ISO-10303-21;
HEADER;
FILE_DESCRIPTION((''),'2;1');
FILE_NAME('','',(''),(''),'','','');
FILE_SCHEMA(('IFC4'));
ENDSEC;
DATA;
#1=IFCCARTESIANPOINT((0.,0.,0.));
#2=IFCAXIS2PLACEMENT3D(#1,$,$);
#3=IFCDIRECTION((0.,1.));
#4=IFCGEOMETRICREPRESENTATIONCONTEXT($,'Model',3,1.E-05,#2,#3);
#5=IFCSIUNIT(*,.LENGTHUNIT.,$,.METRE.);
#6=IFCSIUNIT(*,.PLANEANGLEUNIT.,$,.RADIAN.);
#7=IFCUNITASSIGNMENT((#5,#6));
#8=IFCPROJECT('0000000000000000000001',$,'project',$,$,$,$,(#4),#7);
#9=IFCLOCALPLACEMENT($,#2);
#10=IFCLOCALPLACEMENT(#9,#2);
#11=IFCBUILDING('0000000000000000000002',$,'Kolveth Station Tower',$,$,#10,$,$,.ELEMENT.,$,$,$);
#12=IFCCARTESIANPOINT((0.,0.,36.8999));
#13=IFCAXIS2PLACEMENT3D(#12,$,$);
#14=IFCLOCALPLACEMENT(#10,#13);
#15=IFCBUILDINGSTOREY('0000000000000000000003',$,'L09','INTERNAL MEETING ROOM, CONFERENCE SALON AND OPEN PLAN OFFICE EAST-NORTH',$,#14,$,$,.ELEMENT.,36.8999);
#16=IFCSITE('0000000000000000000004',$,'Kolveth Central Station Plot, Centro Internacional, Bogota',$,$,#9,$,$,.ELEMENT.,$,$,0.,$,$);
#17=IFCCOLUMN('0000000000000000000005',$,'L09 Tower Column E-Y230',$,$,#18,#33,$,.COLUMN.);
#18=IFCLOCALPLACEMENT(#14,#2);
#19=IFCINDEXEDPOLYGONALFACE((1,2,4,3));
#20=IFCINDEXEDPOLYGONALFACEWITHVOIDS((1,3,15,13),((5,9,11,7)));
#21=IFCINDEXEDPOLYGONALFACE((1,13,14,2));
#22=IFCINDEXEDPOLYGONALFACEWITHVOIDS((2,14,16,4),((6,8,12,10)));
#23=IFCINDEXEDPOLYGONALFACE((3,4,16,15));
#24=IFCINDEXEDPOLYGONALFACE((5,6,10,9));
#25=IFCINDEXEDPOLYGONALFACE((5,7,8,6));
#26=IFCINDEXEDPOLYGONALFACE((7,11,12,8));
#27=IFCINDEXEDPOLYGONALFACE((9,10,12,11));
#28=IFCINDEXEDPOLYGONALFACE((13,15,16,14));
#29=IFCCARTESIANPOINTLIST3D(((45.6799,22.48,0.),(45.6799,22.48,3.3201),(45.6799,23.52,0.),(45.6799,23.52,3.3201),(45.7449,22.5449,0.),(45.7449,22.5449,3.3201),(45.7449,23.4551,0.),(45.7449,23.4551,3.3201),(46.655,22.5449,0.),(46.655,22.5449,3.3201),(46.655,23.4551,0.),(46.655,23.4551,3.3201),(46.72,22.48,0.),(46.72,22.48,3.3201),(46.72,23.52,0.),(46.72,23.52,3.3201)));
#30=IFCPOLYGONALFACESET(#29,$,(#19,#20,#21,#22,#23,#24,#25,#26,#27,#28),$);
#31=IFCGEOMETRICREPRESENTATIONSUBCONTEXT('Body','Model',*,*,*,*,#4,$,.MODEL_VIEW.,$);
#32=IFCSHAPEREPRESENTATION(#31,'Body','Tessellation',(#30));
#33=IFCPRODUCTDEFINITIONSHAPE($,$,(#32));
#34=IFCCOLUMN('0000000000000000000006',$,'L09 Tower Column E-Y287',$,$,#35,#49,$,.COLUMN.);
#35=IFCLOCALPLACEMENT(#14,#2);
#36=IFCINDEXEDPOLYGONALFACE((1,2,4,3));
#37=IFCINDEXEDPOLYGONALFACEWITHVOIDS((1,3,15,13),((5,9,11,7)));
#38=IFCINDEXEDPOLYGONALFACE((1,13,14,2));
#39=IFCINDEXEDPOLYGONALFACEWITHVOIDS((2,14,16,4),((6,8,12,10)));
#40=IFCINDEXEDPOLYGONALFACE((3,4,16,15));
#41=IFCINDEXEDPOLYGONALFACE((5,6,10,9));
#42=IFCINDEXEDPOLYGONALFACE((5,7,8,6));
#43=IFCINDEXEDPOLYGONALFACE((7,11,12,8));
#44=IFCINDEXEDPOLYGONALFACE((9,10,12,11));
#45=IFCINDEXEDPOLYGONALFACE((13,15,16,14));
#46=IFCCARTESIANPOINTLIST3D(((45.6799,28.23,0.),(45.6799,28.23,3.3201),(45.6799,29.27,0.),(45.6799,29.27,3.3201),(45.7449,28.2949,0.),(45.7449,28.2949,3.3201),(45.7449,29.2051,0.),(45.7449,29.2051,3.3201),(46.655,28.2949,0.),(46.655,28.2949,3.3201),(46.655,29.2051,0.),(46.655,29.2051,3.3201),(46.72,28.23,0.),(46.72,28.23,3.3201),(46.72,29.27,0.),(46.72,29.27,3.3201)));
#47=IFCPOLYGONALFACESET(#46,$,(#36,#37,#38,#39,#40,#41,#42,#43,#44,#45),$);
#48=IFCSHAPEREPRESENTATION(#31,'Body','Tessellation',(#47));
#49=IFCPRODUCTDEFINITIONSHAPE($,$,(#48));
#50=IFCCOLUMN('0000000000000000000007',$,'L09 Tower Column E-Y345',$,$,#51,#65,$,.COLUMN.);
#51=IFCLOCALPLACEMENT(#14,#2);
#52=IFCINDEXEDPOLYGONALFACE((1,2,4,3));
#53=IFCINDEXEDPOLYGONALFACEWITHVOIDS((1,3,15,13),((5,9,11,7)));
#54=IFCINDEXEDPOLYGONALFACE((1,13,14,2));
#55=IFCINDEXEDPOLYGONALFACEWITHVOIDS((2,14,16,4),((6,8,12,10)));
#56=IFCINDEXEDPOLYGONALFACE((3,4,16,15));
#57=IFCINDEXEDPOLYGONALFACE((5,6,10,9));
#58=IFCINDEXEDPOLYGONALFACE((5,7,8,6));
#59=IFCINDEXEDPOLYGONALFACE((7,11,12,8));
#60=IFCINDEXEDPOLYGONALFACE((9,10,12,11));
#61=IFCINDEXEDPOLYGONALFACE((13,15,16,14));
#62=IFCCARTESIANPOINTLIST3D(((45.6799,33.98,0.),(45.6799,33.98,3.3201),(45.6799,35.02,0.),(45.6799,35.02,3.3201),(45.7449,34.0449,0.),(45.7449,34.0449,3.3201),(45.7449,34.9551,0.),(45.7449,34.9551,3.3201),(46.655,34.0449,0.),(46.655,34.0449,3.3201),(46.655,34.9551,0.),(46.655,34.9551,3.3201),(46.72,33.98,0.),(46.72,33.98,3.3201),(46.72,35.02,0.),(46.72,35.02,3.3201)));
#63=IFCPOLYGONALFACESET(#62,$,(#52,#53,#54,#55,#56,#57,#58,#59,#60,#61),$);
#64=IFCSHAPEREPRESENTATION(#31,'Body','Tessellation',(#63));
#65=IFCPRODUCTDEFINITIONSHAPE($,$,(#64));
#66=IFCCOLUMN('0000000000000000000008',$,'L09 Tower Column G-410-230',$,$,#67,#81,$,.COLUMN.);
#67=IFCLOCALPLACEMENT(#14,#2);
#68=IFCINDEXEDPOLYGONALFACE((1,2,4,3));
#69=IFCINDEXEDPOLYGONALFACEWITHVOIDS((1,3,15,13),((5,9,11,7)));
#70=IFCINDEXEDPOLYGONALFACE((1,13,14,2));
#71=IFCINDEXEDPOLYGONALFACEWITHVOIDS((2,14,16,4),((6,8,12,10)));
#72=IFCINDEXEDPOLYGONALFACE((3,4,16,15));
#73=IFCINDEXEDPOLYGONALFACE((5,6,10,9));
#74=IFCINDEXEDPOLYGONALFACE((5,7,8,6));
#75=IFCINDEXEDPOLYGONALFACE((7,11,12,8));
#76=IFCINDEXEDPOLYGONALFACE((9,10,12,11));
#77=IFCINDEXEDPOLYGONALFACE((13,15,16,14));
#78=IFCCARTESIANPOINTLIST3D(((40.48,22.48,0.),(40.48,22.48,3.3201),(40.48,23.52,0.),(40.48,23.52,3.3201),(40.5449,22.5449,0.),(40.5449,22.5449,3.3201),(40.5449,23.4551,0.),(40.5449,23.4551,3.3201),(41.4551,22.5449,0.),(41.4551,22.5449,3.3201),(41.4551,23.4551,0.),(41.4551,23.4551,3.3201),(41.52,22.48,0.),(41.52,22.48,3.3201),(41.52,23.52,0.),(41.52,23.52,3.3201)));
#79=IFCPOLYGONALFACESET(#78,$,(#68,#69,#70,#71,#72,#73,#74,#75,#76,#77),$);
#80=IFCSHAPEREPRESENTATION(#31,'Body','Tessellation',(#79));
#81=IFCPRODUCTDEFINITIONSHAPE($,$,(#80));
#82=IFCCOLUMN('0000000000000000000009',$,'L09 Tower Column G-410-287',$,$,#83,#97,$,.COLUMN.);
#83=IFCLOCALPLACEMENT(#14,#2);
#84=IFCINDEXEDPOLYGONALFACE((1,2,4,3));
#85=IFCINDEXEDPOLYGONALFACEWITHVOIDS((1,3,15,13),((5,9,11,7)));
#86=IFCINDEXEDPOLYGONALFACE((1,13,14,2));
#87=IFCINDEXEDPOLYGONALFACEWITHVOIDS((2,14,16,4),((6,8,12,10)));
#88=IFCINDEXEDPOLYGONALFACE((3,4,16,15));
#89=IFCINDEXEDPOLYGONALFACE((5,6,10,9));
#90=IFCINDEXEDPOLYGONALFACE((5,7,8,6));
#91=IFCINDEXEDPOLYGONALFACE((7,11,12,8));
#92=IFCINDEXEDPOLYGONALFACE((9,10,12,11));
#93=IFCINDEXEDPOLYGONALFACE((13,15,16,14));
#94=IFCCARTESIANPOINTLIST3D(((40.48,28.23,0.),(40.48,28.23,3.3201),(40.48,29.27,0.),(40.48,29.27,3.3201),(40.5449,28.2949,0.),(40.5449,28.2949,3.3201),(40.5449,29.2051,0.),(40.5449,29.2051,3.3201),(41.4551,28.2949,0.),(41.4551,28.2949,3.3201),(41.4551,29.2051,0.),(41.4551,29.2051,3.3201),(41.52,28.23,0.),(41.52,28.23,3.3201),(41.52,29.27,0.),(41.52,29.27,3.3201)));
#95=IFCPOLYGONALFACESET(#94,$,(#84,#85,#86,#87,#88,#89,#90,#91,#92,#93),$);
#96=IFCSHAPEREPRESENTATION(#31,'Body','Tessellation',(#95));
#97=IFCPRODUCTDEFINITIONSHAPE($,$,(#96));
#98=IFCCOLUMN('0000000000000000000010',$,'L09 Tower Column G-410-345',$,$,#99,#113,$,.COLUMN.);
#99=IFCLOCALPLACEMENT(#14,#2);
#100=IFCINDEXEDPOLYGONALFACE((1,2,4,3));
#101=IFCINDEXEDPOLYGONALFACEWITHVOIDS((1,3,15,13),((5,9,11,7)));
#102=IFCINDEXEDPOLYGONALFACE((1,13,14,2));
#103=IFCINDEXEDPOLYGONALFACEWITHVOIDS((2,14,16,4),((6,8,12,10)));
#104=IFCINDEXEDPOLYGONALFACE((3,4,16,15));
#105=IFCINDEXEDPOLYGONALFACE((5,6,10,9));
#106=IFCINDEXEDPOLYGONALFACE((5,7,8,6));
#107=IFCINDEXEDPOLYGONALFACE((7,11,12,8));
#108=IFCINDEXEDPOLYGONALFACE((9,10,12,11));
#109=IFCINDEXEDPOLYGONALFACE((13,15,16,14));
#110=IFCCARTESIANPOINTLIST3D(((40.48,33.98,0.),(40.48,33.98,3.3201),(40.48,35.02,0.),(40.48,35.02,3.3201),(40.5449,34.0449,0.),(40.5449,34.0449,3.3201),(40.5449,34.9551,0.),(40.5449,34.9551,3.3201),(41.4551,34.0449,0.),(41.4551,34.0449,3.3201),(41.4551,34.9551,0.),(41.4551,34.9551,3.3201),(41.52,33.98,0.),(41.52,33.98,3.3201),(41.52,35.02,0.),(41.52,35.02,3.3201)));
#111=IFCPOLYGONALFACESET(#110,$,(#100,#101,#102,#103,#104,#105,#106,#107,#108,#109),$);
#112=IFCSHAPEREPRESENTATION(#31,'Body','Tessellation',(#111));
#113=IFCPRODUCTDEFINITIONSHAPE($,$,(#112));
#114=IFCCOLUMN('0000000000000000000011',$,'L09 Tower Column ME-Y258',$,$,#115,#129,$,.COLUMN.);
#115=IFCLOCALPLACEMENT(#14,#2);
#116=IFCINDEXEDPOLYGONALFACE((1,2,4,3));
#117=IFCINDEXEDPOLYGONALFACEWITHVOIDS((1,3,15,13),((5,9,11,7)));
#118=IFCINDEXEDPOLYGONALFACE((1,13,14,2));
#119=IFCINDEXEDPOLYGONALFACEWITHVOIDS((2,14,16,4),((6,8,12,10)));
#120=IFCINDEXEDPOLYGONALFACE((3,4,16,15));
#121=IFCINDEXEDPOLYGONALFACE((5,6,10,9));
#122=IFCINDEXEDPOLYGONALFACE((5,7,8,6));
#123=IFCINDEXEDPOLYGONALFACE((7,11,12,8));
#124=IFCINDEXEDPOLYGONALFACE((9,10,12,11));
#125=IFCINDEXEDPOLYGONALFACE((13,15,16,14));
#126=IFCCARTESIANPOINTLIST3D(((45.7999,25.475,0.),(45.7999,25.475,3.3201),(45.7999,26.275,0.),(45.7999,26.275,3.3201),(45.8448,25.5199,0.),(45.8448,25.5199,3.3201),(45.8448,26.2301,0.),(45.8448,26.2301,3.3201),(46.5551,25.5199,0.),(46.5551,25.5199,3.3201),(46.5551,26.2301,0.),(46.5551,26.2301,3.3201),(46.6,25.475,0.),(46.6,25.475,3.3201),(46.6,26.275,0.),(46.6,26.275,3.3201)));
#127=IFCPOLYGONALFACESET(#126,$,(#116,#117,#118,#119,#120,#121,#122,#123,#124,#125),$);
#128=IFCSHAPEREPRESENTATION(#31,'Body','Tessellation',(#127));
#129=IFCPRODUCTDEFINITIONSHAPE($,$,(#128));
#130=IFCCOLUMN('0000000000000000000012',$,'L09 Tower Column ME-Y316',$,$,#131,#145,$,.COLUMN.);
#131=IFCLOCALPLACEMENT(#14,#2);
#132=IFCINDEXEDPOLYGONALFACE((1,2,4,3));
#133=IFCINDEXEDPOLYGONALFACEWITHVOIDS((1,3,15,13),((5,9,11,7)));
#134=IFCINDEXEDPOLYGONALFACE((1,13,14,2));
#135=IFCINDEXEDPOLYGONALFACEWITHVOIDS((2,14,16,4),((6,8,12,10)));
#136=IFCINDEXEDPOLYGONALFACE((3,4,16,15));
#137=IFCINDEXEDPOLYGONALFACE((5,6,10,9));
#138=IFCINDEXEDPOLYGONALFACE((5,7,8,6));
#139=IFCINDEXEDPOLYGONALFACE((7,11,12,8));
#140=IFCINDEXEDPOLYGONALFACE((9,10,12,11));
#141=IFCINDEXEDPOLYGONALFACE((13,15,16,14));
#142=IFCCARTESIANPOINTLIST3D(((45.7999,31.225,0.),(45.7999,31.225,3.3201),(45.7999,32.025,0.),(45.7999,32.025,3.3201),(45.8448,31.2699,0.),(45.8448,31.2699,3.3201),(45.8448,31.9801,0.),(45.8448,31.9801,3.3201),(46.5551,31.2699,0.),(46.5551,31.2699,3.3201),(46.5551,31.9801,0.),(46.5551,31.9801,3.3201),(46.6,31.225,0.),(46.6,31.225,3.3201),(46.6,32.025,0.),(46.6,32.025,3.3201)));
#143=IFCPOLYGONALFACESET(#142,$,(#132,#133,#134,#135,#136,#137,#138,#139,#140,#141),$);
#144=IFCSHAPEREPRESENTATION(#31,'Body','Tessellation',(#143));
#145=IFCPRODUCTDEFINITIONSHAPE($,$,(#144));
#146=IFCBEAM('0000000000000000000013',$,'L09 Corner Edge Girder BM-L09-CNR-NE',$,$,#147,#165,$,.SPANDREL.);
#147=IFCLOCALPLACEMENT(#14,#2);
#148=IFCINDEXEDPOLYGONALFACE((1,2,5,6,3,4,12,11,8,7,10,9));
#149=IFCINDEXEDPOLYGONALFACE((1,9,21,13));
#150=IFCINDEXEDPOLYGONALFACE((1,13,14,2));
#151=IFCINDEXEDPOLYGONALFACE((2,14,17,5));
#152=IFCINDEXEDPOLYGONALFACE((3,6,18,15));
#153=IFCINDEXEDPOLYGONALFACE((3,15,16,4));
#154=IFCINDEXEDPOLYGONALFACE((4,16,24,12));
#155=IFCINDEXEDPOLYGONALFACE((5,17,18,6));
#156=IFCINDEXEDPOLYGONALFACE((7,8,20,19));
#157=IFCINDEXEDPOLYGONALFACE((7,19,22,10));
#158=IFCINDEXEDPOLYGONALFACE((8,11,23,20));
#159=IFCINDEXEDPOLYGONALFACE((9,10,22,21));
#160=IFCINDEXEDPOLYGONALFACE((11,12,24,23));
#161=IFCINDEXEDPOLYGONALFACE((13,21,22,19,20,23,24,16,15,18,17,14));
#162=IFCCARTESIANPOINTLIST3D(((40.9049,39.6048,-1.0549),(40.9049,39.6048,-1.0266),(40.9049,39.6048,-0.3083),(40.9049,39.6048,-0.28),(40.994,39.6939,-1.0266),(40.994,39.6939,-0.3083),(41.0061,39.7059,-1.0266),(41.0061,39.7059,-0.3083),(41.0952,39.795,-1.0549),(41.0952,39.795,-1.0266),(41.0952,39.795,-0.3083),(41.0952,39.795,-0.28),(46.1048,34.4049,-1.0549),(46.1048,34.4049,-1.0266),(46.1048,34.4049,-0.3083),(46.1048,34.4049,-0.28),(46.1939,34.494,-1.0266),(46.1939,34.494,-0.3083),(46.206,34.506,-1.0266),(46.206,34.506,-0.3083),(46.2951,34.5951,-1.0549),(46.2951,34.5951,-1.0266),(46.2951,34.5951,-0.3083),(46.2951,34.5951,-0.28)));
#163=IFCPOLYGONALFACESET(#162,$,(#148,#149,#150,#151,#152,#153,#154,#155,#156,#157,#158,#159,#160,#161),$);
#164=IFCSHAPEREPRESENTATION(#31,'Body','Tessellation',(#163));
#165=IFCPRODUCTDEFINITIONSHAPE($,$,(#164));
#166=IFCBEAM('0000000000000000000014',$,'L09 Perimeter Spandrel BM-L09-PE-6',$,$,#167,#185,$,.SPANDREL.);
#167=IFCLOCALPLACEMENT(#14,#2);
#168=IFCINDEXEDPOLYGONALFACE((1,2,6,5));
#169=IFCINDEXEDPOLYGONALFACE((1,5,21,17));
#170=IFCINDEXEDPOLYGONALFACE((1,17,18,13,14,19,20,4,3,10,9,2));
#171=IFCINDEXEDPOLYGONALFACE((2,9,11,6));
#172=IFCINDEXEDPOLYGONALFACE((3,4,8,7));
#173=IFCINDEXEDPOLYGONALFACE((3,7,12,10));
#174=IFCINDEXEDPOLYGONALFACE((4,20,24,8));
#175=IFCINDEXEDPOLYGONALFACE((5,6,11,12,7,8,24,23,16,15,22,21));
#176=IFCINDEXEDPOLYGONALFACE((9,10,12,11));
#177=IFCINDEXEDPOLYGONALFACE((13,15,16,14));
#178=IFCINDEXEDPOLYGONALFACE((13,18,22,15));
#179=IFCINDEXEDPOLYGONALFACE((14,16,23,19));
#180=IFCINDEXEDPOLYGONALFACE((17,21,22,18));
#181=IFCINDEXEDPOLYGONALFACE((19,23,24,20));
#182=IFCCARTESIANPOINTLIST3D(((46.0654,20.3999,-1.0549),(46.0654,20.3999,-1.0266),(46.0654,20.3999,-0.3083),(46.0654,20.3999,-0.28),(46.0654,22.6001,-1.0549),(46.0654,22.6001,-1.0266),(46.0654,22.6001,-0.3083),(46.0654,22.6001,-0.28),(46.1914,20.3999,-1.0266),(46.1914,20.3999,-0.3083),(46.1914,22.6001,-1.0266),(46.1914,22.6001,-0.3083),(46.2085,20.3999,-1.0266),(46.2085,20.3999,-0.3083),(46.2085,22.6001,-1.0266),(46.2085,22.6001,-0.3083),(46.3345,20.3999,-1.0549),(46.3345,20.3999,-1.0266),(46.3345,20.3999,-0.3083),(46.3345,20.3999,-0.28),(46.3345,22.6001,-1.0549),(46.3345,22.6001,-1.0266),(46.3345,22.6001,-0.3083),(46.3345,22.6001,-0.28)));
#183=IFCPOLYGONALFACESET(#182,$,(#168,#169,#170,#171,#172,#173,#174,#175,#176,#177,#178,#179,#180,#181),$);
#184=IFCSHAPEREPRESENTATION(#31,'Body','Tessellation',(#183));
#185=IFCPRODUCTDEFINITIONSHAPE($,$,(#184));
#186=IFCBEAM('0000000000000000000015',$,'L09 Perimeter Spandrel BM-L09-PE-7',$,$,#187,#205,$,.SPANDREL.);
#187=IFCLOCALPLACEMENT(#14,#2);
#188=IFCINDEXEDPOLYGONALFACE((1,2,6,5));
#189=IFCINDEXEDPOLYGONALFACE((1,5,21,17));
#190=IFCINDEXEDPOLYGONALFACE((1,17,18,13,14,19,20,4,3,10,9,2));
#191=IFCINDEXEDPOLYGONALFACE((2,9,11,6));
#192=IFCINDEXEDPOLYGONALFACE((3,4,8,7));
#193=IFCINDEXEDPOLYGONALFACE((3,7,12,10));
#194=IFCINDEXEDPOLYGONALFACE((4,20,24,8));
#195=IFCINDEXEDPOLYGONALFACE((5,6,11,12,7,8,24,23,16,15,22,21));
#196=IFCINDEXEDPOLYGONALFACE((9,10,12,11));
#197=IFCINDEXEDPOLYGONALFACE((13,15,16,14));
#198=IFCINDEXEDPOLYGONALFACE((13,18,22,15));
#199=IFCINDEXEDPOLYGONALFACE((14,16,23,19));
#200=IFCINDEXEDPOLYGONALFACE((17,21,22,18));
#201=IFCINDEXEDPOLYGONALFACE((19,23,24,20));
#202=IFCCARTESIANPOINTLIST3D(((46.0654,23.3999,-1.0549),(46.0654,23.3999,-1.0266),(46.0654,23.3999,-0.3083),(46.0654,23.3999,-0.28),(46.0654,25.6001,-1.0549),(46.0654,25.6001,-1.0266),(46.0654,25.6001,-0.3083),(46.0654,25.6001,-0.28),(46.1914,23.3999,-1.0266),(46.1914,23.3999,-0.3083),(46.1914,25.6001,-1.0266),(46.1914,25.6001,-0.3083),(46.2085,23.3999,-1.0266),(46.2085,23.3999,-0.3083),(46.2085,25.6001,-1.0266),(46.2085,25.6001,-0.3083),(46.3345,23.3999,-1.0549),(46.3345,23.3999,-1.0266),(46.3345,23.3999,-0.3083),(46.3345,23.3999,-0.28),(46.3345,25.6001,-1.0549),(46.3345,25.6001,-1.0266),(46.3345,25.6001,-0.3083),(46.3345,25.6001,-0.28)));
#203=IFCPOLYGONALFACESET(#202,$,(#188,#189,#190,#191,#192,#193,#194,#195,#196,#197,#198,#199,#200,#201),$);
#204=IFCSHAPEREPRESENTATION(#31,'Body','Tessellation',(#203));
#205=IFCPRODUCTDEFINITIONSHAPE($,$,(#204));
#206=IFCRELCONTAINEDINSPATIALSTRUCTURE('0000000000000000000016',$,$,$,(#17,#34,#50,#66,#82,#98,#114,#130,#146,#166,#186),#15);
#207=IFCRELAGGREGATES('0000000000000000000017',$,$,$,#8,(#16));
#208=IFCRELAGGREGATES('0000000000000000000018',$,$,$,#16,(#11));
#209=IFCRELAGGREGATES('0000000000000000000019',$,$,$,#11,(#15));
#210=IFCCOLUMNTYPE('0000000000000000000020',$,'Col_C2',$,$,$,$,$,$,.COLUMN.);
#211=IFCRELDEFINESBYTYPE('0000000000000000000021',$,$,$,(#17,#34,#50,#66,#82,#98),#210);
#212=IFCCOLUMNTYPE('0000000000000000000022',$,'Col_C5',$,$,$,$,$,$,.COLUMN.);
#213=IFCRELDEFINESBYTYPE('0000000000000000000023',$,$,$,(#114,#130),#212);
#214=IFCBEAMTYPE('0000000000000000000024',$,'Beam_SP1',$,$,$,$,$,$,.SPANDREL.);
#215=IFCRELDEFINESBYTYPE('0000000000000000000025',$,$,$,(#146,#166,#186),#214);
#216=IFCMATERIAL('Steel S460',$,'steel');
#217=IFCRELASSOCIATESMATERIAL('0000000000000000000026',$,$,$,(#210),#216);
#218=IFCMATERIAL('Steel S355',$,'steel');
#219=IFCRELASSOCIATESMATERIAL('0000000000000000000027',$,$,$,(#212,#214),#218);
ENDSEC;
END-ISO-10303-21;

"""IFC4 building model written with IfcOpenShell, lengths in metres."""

from ifc_helpers import new_model, si_unit, direction, frame, origin, origin_2d, place, context, subcontext, project, spatial, hollow_rectangle, i_section, extrude, source, transform, mapped, material, material_profile, profile_set, type_object, element, save


model = new_model("IFC4")

# Units and contexts
model_context = context("Model", 3, precision=1e-05, world=origin(), true_north=direction((0.0, 1.0)))
body_context = subcontext(model_context, "Body", "Model", "MODEL_VIEW")
ifc_project = project(units=[si_unit("LENGTHUNIT", "METRE"), si_unit("PLANEANGLEUNIT", "RADIAN")], contexts=[model_context])

# Site, building, storey
site_placement = place(None, origin())
site = spatial("IfcSite", under=ifc_project, at=site_placement, Name="Kolveth Central Station Plot, Centro Internacional, Bogota", CompositionType="ELEMENT", RefElevation=0.0)
building_placement = place(site_placement, origin())
building = spatial("IfcBuilding", under=site, at=building_placement, Name="Kolveth Station Tower", CompositionType="ELEMENT")
storey_placement = place(building_placement, frame((0.0, 0.0, 36.8999)))
storey = spatial("IfcBuildingStorey", under=building, at=storey_placement, Name="L09", Description="INTERNAL MEETING ROOM, CONFERENCE SALON AND OPEN PLAN OFFICE EAST-NORTH", CompositionType="ELEMENT", Elevation=36.8999)

# Columns
ifc_material_1 = material(Name="Steel S460", Category="steel")
ifc_material_profile_1 = material_profile(ifc_material_1, hollow_rectangle(XDim=1.04, YDim=1.04, WallThickness=0.0649, at=origin_2d()), Name="BOX1040x1040x65")
ifc_profile_set_1 = profile_set([ifc_material_profile_1], Name="Steel S460")
column_type_1 = type_object("IfcColumnType", Name="Col_C2", PredefinedType="COLUMN", material=ifc_profile_set_1)
shared_shape_1 = source(origin(), body_context, "Body", "SweptSolid", [
    extrude(hollow_rectangle(XDim=1.04, YDim=1.04, WallThickness=0.0649, at=origin_2d()), origin(), (0.0, 0.0, 1.0), 3.3201),
])
for number, where, z_axis, x_axis, name in (
    (1, (46.2, 23.0, 0.0), (0.0, 0.0, 1.0), (1.0, 0.0, 0.0), "L09 Tower Column E-Y230"),
    (2, (46.2, 28.75, 0.0), (0.0, 0.0, 1.0), (1.0, 0.0, 0.0), "L09 Tower Column E-Y287"),
    (3, (46.2, 34.5, 0.0), (0.0, 0.0, 1.0), (1.0, 0.0, 0.0), "L09 Tower Column E-Y345"),
    (4, (41.0, 23.0, 0.0), (0.0, 0.0, 1.0), (1.0, 0.0, 0.0), "L09 Tower Column G-410-230"),
    (5, (41.0, 28.75, 0.0), (0.0, 0.0, 1.0), (1.0, 0.0, 0.0), "L09 Tower Column G-410-287"),
    (6, (41.0, 34.5, 0.0), (0.0, 0.0, 1.0), (1.0, 0.0, 0.0), "L09 Tower Column G-410-345"),
):
    element("IfcColumn", number, at=place(storey_placement, frame(where, z_axis=z_axis, x_axis=x_axis)), inside=storey, type_object=column_type_1, Name=name, PredefinedType="COLUMN", context=body_context, shape_type="MappedRepresentation", body=[
        mapped(shared_shape_1, transform((0.0, 0.0, 0.0), x_axis=(1.0, 0.0, 0.0), y_axis=(0.0, 1.0, 0.0), z_axis=(0.0, 0.0, 1.0), scale=1.0)),
    ])
ifc_material_2 = material(Name="Steel S355", Category="steel")
ifc_material_profile_2 = material_profile(ifc_material_2, hollow_rectangle(XDim=0.8, YDim=0.8, WallThickness=0.0449, at=origin_2d()), Name="BOX800x800x45")
ifc_profile_set_2 = profile_set([ifc_material_profile_2], Name="Steel S355")
column_type_2 = type_object("IfcColumnType", Name="Col_C5", PredefinedType="COLUMN", material=ifc_profile_set_2)
shared_shape_2 = source(origin(), body_context, "Body", "SweptSolid", [
    extrude(hollow_rectangle(XDim=0.8, YDim=0.8, WallThickness=0.0449, at=origin_2d()), origin(), (0.0, 0.0, 1.0), 3.3201),
])
for number, where, z_axis, x_axis, name in (
    (7, (46.2, 25.875, 0.0), (0.0, 0.0, 1.0), (1.0, 0.0, 0.0), "L09 Tower Column ME-Y258"),
    (8, (46.2, 31.625, 0.0), (0.0, 0.0, 1.0), (1.0, 0.0, 0.0), "L09 Tower Column ME-Y316"),
):
    element("IfcColumn", number, at=place(storey_placement, frame(where, z_axis=z_axis, x_axis=x_axis)), inside=storey, type_object=column_type_2, Name=name, PredefinedType="COLUMN", context=body_context, shape_type="MappedRepresentation", body=[
        mapped(shared_shape_2, transform((0.0, 0.0, 0.0), x_axis=(1.0, 0.0, 0.0), y_axis=(0.0, 1.0, 0.0), z_axis=(0.0, 0.0, 1.0), scale=1.0)),
    ])

# Beams
ifc_material_profile_3 = material_profile(ifc_material_2, i_section(OverallWidth=0.269, OverallDepth=0.7749, WebThickness=0.0171, FlangeThickness=0.0283, at=origin_2d()), Name="W760x220")
ifc_profile_set_3 = profile_set([ifc_material_profile_3], Name="Steel S355")
beam_type_1 = type_object("IfcBeamType", Name="Beam_SP1", PredefinedType="SPANDREL", material=ifc_profile_set_3)
shared_shape_3 = source(origin(), body_context, "Body", "SweptSolid", [
    extrude(i_section(OverallWidth=0.269, OverallDepth=0.7749, WebThickness=0.0171, FlangeThickness=0.0283, at=origin_2d()), origin(), (0.0, 0.0, 1.0), 7.3538),
])
beam_placement = place(storey_placement, frame((46.2, 34.5, -0.6675), z_axis=(-0.707107, 0.707107, 0.0), x_axis=(-0.707107, -0.707107, 0.0)))
element("IfcBeam", 9, at=beam_placement, inside=storey, type_object=beam_type_1, Name="L09 Corner Edge Girder BM-L09-CNR-NE", PredefinedType="SPANDREL", context=body_context, shape_type="MappedRepresentation", body=[
    mapped(shared_shape_3, transform((0.0, 0.0, 0.0), x_axis=(1.0, 0.0, 0.0), y_axis=(0.0, 1.0, 0.0), z_axis=(0.0, 0.0, 1.0), scale=1.0)),
])
shared_shape_4 = source(origin(), body_context, "Body", "SweptSolid", [
    extrude(i_section(OverallWidth=0.269, OverallDepth=0.7749, WebThickness=0.0171, FlangeThickness=0.0283, at=origin_2d()), origin(), (0.0, 0.0, 1.0), 2.2002),
])
for number, where, z_axis, x_axis, name in (
    (10, (46.2, 20.3999, -0.6675), (0.0, 1.0, 0.0), (-1.0, 0.0, 0.0), "L09 Perimeter Spandrel BM-L09-PE-6"),
    (11, (46.2, 23.3999, -0.6675), (0.0, 1.0, 0.0), (-1.0, 0.0, 0.0), "L09 Perimeter Spandrel BM-L09-PE-7"),
):
    element("IfcBeam", number, at=place(storey_placement, frame(where, z_axis=z_axis, x_axis=x_axis)), inside=storey, type_object=beam_type_1, Name=name, PredefinedType="SPANDREL", context=body_context, shape_type="MappedRepresentation", body=[
        mapped(shared_shape_4, transform((0.0, 0.0, 0.0), x_axis=(1.0, 0.0, 0.0), y_axis=(0.0, 1.0, 0.0), z_axis=(0.0, 0.0, 1.0), scale=1.0)),
    ])

save(model, "model.ifc")
